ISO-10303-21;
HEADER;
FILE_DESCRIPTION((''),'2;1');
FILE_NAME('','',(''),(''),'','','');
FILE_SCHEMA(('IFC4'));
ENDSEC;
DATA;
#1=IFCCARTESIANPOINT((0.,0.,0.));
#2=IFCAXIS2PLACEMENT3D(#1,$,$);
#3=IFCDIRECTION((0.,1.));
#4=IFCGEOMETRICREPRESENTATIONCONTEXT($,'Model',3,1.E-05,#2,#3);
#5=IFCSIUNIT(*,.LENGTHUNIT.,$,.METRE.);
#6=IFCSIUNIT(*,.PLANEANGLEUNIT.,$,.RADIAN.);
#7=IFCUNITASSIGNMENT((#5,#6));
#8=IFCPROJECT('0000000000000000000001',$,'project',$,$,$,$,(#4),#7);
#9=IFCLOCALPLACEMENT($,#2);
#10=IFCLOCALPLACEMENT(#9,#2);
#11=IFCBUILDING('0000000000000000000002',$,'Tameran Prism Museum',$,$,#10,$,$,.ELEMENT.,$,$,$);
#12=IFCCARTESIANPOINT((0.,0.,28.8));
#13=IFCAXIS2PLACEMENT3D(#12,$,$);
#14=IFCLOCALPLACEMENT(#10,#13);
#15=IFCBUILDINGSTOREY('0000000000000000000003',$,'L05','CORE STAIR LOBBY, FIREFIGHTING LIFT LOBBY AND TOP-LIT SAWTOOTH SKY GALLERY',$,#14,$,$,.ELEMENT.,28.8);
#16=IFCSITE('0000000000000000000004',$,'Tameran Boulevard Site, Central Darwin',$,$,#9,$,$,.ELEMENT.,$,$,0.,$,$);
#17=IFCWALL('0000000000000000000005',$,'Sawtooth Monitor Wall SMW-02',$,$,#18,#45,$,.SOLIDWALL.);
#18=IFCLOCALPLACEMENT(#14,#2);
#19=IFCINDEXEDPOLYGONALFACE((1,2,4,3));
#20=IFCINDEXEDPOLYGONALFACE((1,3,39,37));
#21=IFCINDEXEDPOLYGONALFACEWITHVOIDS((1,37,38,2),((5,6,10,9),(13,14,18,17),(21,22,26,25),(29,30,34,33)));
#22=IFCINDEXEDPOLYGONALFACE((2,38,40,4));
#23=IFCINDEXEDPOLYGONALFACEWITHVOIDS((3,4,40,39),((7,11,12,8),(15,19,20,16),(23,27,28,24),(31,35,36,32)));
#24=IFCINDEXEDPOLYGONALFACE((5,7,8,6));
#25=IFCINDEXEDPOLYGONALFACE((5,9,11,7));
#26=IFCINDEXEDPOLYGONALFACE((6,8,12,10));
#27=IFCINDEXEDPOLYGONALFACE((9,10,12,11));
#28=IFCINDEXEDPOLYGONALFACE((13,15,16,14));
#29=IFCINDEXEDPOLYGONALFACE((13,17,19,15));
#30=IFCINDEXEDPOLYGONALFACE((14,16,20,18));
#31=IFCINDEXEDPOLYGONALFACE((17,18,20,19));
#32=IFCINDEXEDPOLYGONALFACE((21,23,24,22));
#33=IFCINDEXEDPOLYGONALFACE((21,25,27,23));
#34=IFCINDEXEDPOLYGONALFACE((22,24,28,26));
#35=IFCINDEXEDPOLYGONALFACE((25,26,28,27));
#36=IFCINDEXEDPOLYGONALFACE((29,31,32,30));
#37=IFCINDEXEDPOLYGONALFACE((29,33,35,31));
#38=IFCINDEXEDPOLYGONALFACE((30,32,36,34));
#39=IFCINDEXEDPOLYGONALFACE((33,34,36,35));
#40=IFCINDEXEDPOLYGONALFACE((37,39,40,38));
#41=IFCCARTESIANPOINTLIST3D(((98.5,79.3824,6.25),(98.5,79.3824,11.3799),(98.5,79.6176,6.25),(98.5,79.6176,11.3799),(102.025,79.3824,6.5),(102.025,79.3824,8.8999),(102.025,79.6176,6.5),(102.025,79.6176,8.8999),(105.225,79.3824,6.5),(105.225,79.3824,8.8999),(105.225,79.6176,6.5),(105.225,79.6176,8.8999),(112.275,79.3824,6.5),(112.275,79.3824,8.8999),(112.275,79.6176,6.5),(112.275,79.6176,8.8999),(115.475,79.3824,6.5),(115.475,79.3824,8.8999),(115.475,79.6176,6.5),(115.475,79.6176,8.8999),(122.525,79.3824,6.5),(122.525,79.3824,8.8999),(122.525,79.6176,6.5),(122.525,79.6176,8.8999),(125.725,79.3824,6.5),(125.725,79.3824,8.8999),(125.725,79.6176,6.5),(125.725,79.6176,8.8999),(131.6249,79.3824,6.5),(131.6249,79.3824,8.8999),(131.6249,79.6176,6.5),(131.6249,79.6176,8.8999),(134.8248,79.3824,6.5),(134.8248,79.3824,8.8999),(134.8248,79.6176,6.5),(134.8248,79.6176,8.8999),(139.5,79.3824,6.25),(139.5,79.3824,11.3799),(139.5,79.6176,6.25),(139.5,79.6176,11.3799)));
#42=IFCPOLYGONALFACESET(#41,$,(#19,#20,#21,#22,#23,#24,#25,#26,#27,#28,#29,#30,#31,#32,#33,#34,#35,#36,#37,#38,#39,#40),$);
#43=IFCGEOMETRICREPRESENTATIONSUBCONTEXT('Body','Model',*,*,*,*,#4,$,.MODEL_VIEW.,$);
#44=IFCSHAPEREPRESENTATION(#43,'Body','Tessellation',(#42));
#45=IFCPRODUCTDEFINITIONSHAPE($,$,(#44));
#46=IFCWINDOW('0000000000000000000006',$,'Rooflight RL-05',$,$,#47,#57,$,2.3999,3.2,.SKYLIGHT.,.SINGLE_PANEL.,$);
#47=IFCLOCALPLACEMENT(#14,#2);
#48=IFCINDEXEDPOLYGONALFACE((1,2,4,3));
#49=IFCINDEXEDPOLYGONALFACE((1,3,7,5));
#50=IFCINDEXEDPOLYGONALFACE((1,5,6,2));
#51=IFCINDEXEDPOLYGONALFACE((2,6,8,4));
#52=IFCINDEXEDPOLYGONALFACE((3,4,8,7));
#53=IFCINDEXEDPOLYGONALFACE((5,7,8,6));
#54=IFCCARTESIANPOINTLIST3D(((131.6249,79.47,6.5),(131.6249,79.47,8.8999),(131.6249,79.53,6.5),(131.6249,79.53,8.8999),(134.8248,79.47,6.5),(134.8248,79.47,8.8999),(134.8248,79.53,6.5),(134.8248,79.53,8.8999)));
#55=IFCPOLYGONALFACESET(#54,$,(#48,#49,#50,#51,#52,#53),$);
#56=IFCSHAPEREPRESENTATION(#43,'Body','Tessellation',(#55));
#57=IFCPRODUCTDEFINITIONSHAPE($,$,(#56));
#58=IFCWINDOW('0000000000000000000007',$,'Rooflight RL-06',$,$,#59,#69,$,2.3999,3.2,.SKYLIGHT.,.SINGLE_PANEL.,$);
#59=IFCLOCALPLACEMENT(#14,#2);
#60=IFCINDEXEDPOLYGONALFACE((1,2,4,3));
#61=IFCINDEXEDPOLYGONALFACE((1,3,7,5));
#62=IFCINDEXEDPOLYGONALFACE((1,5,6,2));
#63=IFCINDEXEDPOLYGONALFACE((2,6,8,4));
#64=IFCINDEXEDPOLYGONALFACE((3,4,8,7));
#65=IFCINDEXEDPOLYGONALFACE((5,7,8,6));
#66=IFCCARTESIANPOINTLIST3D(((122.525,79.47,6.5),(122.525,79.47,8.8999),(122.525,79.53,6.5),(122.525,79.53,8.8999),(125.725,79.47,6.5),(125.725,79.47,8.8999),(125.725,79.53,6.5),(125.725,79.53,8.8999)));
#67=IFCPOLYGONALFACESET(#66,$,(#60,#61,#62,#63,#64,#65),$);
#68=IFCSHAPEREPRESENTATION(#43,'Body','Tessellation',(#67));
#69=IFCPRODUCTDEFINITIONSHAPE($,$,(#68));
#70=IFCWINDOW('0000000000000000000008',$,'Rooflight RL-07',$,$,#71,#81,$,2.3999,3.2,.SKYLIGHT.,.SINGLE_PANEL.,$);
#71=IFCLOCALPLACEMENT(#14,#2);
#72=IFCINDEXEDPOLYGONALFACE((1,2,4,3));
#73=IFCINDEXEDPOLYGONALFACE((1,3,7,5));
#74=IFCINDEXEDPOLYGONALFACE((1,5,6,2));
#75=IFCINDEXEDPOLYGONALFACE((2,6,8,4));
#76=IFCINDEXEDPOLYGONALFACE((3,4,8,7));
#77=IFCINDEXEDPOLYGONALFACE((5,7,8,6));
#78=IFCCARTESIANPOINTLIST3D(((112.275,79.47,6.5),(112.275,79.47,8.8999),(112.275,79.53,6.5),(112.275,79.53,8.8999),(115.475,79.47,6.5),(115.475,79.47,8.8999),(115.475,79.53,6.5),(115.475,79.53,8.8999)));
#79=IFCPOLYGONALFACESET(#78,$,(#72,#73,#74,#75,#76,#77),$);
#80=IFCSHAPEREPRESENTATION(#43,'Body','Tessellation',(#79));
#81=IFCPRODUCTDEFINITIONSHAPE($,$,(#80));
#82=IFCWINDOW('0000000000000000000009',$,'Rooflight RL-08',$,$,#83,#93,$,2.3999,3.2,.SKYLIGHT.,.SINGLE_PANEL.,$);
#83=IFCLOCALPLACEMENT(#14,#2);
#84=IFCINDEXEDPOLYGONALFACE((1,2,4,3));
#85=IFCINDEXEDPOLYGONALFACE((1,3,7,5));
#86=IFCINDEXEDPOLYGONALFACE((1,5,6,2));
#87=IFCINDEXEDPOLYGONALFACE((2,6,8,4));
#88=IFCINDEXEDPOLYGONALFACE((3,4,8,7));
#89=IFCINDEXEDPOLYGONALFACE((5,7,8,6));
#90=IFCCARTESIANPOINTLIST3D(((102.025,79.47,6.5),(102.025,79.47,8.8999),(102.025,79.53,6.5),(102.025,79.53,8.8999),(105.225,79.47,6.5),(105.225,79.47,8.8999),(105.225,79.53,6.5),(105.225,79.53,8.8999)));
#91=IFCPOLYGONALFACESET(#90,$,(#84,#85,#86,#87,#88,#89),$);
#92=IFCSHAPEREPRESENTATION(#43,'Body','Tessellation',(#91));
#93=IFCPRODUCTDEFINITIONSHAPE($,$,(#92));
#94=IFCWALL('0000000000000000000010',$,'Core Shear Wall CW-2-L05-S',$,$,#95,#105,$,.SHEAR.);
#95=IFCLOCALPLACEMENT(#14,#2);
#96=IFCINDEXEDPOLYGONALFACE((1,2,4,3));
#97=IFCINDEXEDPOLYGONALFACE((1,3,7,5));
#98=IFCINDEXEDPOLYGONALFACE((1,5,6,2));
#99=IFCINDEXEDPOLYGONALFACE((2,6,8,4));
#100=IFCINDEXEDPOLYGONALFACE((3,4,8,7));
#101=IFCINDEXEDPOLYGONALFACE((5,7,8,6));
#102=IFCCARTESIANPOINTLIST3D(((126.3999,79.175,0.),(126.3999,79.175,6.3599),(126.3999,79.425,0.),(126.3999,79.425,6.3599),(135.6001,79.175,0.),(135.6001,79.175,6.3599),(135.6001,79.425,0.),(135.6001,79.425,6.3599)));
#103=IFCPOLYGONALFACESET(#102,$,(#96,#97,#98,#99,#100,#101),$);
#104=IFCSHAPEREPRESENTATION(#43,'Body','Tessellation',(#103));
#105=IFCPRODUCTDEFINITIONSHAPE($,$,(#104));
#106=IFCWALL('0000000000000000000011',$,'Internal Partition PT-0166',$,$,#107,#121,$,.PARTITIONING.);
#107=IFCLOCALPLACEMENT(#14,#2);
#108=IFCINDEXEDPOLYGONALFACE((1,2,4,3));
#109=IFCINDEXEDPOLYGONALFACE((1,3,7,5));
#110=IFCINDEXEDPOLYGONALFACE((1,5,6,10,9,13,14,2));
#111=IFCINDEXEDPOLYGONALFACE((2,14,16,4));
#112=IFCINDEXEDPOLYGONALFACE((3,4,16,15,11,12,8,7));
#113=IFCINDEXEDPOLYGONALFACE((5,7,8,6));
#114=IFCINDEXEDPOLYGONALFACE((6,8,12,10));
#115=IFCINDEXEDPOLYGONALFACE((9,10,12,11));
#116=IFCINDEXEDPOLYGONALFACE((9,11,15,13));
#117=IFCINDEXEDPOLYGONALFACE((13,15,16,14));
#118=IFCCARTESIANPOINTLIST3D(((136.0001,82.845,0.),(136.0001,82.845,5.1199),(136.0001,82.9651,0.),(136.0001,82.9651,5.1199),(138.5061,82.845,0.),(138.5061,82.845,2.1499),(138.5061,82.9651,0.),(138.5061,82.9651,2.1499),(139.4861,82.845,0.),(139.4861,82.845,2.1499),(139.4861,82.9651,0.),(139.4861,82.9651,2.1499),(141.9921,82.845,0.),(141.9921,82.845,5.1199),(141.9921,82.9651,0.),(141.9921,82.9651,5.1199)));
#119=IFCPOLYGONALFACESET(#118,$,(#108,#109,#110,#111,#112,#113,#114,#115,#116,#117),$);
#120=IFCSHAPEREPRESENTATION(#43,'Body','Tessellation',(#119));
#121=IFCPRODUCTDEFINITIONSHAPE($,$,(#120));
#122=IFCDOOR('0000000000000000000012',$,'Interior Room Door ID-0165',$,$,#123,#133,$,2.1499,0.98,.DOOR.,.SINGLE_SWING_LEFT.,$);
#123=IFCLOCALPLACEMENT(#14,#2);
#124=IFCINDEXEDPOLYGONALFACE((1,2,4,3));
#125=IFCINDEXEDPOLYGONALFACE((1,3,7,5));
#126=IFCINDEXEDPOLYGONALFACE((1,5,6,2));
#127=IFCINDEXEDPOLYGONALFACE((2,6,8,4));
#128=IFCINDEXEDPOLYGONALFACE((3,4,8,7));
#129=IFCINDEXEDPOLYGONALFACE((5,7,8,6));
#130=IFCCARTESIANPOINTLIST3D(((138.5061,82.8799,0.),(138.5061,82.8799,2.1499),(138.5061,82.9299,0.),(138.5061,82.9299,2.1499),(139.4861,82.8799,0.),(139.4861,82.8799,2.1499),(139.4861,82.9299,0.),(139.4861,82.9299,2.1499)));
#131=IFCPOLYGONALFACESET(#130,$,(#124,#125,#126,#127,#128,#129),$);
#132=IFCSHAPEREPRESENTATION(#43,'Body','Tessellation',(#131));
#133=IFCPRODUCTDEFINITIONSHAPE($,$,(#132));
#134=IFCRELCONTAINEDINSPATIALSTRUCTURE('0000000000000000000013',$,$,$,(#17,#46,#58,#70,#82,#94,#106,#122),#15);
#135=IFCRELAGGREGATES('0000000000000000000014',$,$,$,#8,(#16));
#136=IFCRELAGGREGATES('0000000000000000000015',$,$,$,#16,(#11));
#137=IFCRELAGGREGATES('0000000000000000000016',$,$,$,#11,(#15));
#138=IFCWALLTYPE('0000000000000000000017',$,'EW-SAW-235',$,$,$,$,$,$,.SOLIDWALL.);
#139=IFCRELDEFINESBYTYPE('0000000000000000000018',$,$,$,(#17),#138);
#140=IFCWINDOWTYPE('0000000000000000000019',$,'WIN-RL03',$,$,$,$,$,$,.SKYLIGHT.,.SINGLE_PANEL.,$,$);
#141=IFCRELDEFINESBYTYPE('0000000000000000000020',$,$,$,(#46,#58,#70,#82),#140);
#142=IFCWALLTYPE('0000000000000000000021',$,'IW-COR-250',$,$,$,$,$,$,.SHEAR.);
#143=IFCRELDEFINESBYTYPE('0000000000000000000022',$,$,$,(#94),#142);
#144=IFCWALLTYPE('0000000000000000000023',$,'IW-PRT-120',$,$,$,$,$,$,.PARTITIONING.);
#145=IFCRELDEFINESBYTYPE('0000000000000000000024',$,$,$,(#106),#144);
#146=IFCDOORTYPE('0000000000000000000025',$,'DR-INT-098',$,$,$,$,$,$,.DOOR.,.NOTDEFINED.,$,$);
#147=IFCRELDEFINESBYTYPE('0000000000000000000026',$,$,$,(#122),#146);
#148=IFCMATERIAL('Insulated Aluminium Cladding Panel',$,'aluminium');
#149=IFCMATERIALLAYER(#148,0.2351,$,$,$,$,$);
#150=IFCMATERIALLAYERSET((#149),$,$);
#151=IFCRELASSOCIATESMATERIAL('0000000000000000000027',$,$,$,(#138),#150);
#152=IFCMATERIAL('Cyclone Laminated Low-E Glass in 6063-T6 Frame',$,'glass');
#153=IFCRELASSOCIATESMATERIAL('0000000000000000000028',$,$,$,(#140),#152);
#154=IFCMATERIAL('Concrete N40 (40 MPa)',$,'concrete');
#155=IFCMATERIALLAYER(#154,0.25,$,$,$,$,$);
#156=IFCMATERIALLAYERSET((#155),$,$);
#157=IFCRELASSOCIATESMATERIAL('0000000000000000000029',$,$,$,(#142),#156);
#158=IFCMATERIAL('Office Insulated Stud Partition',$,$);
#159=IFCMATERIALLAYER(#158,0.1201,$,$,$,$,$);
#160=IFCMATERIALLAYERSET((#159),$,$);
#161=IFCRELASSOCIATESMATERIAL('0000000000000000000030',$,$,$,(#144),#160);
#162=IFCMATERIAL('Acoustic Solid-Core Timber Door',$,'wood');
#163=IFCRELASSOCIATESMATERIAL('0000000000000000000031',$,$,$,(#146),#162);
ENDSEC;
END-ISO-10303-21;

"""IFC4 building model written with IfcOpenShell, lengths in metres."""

from ifc_helpers import new_model, si_unit, direction, frame, frame_2d, origin, place, context, subcontext, project, spatial, rectangle, extrude, material, layer, layer_set, type_object, element, fill, save


model = new_model("IFC4")

# Units and contexts
model_context = context("Model", 3, precision=1e-05, world=origin(), true_north=direction((0.0, 1.0)))
body_context = subcontext(model_context, "Body", "Model", "MODEL_VIEW")
ifc_project = project(units=[si_unit("LENGTHUNIT", "METRE"), si_unit("PLANEANGLEUNIT", "RADIAN")], contexts=[model_context])

# Site, building, storey
site_placement = place(None, origin())
site = spatial("IfcSite", under=ifc_project, at=site_placement, Name="Tameran Boulevard Site, Central Darwin", CompositionType="ELEMENT", RefElevation=0.0)
building_placement = place(site_placement, origin())
building = spatial("IfcBuilding", under=site, at=building_placement, Name="Tameran Prism Museum", CompositionType="ELEMENT")
storey_placement = place(building_placement, frame((0.0, 0.0, 28.8)))
storey = spatial("IfcBuildingStorey", under=building, at=storey_placement, Name="L05", Description="CORE STAIR LOBBY, FIREFIGHTING LIFT LOBBY AND TOP-LIT SAWTOOTH SKY GALLERY", CompositionType="ELEMENT", Elevation=28.8)

# Wall, openings, windows
ifc_material_1 = material(Name="Insulated Aluminium Cladding Panel", Category="aluminium")
ifc_layer_1 = layer(ifc_material_1, 0.2351)
ifc_layer_set_1 = layer_set([ifc_layer_1])
wall_type_1 = type_object("IfcWallType", Name="EW-SAW-235", PredefinedType="SOLIDWALL", material=ifc_layer_set_1)
wall_1_placement = place(storey_placement, frame((139.5, 79.5, 6.25), z_axis=(0.0, 0.0, 1.0), x_axis=(-1.0, 0.0, 0.0)))
wall_1 = element("IfcWall", 1, at=wall_1_placement, inside=storey, type_object=wall_type_1, Name="Sawtooth Monitor Wall SMW-02", PredefinedType="SOLIDWALL", context=body_context, shape_type="SweptSolid", body=[
    extrude(rectangle(XDim=41.0, YDim=0.2351, at=frame_2d((20.5, 0.0))), origin(), (0.0, 0.0, 1.0), 5.1299),
])
opening_1_placement = place(wall_1_placement, frame((4.675, 0.0, 0.25)))
opening_1 = element("IfcOpeningElement", 2, at=opening_1_placement, cuts=wall_1, PredefinedType="OPENING", context=body_context, shape_type="SweptSolid", body=[
    extrude(rectangle(XDim=3.2, YDim=2.3999, at=frame_2d((1.6001, 1.2))), frame((0.0, 0.1274, 0.0), z_axis=(0.0, -1.0, 0.0), x_axis=(1.0, 0.0, 0.0)), (0.0, 0.0, 1.0), 0.2551),
])
opening_2_placement = place(wall_1_placement, frame((13.7749, 0.0, 0.25)))
opening_2 = element("IfcOpeningElement", 3, at=opening_2_placement, cuts=wall_1, PredefinedType="OPENING", context=body_context, shape_type="SweptSolid", body=[
    extrude(rectangle(XDim=3.2, YDim=2.3999, at=frame_2d((1.6001, 1.2))), frame((0.0, 0.1274, 0.0), z_axis=(0.0, -1.0, 0.0), x_axis=(1.0, 0.0, 0.0)), (0.0, 0.0, 1.0), 0.2551),
])
opening_3_placement = place(wall_1_placement, frame((24.0249, 0.0, 0.25)))
opening_3 = element("IfcOpeningElement", 4, at=opening_3_placement, cuts=wall_1, PredefinedType="OPENING", context=body_context, shape_type="SweptSolid", body=[
    extrude(rectangle(XDim=3.2, YDim=2.3999, at=frame_2d((1.6001, 1.2))), frame((0.0, 0.1274, 0.0), z_axis=(0.0, -1.0, 0.0), x_axis=(1.0, 0.0, 0.0)), (0.0, 0.0, 1.0), 0.2551),
])
opening_4_placement = place(wall_1_placement, frame((34.2749, 0.0, 0.25)))
opening_4 = element("IfcOpeningElement", 5, at=opening_4_placement, cuts=wall_1, PredefinedType="OPENING", context=body_context, shape_type="SweptSolid", body=[
    extrude(rectangle(XDim=3.2, YDim=2.3999, at=frame_2d((1.6001, 1.2))), frame((0.0, 0.1274, 0.0), z_axis=(0.0, -1.0, 0.0), x_axis=(1.0, 0.0, 0.0)), (0.0, 0.0, 1.0), 0.2551),
])
ifc_material_2 = material(Name="Cyclone Laminated Low-E Glass in 6063-T6 Frame", Category="glass")
window_type = type_object("IfcWindowType", Name="WIN-RL03", PartitioningType="SINGLE_PANEL", PredefinedType="SKYLIGHT", material=ifc_material_2)
window_1_placement = place(opening_1_placement, origin())
window_1 = element("IfcWindow", 6, at=window_1_placement, inside=storey, type_object=window_type, Name="Rooflight RL-05", OverallHeight=2.3999, OverallWidth=3.2, PartitioningType="SINGLE_PANEL", PredefinedType="SKYLIGHT", context=body_context, shape_type="SweptSolid", body=[
    extrude(rectangle(XDim=3.2, YDim=2.3999, at=frame_2d((1.6001, 1.2))), frame((0.0, 0.03, 0.0), z_axis=(0.0, -1.0, 0.0), x_axis=(1.0, 0.0, 0.0)), (0.0, 0.0, 1.0), 0.0601),
])
fill(opening_1, window_1)
window_2_placement = place(opening_2_placement, origin())
window_2 = element("IfcWindow", 7, at=window_2_placement, inside=storey, type_object=window_type, Name="Rooflight RL-06", OverallHeight=2.3999, OverallWidth=3.2, PartitioningType="SINGLE_PANEL", PredefinedType="SKYLIGHT", context=body_context, shape_type="SweptSolid", body=[
    extrude(rectangle(XDim=3.2, YDim=2.3999, at=frame_2d((1.6001, 1.2))), frame((0.0, 0.03, 0.0), z_axis=(0.0, -1.0, 0.0), x_axis=(1.0, 0.0, 0.0)), (0.0, 0.0, 1.0), 0.0601),
])
fill(opening_2, window_2)
window_3_placement = place(opening_3_placement, origin())
window_3 = element("IfcWindow", 8, at=window_3_placement, inside=storey, type_object=window_type, Name="Rooflight RL-07", OverallHeight=2.3999, OverallWidth=3.2, PartitioningType="SINGLE_PANEL", PredefinedType="SKYLIGHT", context=body_context, shape_type="SweptSolid", body=[
    extrude(rectangle(XDim=3.2, YDim=2.3999, at=frame_2d((1.6001, 1.2))), frame((0.0, 0.03, 0.0), z_axis=(0.0, -1.0, 0.0), x_axis=(1.0, 0.0, 0.0)), (0.0, 0.0, 1.0), 0.0601),
])
fill(opening_3, window_3)
window_4_placement = place(opening_4_placement, origin())
window_4 = element("IfcWindow", 9, at=window_4_placement, inside=storey, type_object=window_type, Name="Rooflight RL-08", OverallHeight=2.3999, OverallWidth=3.2, PartitioningType="SINGLE_PANEL", PredefinedType="SKYLIGHT", context=body_context, shape_type="SweptSolid", body=[
    extrude(rectangle(XDim=3.2, YDim=2.3999, at=frame_2d((1.6001, 1.2))), frame((0.0, 0.03, 0.0), z_axis=(0.0, -1.0, 0.0), x_axis=(1.0, 0.0, 0.0)), (0.0, 0.0, 1.0), 0.0601),
])
fill(opening_4, window_4)

# Wall
ifc_material_3 = material(Name="Concrete N40 (40 MPa)", Category="concrete")
ifc_layer_2 = layer(ifc_material_3, 0.25)
ifc_layer_set_2 = layer_set([ifc_layer_2])
wall_type_2 = type_object("IfcWallType", Name="IW-COR-250", PredefinedType="SHEAR", material=ifc_layer_set_2)
wall_2_placement = place(storey_placement, frame((135.6001, 79.3, 0.0), z_axis=(0.0, 0.0, 1.0), x_axis=(-1.0, 0.0, 0.0)))
element("IfcWall", 10, at=wall_2_placement, inside=storey, type_object=wall_type_2, Name="Core Shear Wall CW-2-L05-S", PredefinedType="SHEAR", context=body_context, shape_type="SweptSolid", body=[
    extrude(rectangle(XDim=9.2002, YDim=0.25, at=frame_2d((4.6001, 0.0))), origin(), (0.0, 0.0, 1.0), 6.3599),
])

# Wall, opening, door
ifc_material_4 = material(Name="Office Insulated Stud Partition")
ifc_layer_3 = layer(ifc_material_4, 0.1201)
ifc_layer_set_3 = layer_set([ifc_layer_3])
wall_type_3 = type_object("IfcWallType", Name="IW-PRT-120", PredefinedType="PARTITIONING", material=ifc_layer_set_3)
wall_3_placement = place(storey_placement, frame((136.0, 82.905, 0.0), z_axis=(0.0, 0.0, 1.0), x_axis=(1.0, 0.0, 0.0)))
wall_3 = element("IfcWall", 11, at=wall_3_placement, inside=storey, type_object=wall_type_3, Name="Internal Partition PT-0166", PredefinedType="PARTITIONING", context=body_context, shape_type="SweptSolid", body=[
    extrude(rectangle(XDim=5.9919, YDim=0.1201, at=frame_2d((2.9961, 0.0))), origin(), (0.0, 0.0, 1.0), 5.1199),
])
opening_5_placement = place(wall_3_placement, frame((2.5061, 0.0, 0.0)))
opening_5 = element("IfcOpeningElement", 12, at=opening_5_placement, cuts=wall_3, PredefinedType="OPENING", context=body_context, shape_type="SweptSolid", body=[
    extrude(rectangle(XDim=0.98, YDim=2.1499, at=frame_2d((0.49, 1.075))), frame((0.0, 0.0701, 0.0), z_axis=(0.0, -1.0, 0.0), x_axis=(1.0, 0.0, 0.0)), (0.0, 0.0, 1.0), 0.1401),
])
ifc_material_5 = material(Name="Acoustic Solid-Core Timber Door", Category="wood")
door_type = type_object("IfcDoorType", Name="DR-INT-098", OperationType="NOTDEFINED", PredefinedType="DOOR", material=ifc_material_5)
door_placement = place(opening_5_placement, origin())
door = element("IfcDoor", 13, at=door_placement, inside=storey, type_object=door_type, Name="Interior Room Door ID-0165", OperationType="SINGLE_SWING_LEFT", OverallHeight=2.1499, OverallWidth=0.98, PredefinedType="DOOR", context=body_context, shape_type="SweptSolid", body=[
    extrude(rectangle(XDim=0.98, YDim=2.1499, at=frame_2d((0.49, 1.075))), frame((0.0, 0.0249, 0.0), z_axis=(0.0, -1.0, 0.0), x_axis=(1.0, 0.0, 0.0)), (0.0, 0.0, 1.0), 0.05),
])
fill(opening_5, door)

save(model, "model.ifc")
